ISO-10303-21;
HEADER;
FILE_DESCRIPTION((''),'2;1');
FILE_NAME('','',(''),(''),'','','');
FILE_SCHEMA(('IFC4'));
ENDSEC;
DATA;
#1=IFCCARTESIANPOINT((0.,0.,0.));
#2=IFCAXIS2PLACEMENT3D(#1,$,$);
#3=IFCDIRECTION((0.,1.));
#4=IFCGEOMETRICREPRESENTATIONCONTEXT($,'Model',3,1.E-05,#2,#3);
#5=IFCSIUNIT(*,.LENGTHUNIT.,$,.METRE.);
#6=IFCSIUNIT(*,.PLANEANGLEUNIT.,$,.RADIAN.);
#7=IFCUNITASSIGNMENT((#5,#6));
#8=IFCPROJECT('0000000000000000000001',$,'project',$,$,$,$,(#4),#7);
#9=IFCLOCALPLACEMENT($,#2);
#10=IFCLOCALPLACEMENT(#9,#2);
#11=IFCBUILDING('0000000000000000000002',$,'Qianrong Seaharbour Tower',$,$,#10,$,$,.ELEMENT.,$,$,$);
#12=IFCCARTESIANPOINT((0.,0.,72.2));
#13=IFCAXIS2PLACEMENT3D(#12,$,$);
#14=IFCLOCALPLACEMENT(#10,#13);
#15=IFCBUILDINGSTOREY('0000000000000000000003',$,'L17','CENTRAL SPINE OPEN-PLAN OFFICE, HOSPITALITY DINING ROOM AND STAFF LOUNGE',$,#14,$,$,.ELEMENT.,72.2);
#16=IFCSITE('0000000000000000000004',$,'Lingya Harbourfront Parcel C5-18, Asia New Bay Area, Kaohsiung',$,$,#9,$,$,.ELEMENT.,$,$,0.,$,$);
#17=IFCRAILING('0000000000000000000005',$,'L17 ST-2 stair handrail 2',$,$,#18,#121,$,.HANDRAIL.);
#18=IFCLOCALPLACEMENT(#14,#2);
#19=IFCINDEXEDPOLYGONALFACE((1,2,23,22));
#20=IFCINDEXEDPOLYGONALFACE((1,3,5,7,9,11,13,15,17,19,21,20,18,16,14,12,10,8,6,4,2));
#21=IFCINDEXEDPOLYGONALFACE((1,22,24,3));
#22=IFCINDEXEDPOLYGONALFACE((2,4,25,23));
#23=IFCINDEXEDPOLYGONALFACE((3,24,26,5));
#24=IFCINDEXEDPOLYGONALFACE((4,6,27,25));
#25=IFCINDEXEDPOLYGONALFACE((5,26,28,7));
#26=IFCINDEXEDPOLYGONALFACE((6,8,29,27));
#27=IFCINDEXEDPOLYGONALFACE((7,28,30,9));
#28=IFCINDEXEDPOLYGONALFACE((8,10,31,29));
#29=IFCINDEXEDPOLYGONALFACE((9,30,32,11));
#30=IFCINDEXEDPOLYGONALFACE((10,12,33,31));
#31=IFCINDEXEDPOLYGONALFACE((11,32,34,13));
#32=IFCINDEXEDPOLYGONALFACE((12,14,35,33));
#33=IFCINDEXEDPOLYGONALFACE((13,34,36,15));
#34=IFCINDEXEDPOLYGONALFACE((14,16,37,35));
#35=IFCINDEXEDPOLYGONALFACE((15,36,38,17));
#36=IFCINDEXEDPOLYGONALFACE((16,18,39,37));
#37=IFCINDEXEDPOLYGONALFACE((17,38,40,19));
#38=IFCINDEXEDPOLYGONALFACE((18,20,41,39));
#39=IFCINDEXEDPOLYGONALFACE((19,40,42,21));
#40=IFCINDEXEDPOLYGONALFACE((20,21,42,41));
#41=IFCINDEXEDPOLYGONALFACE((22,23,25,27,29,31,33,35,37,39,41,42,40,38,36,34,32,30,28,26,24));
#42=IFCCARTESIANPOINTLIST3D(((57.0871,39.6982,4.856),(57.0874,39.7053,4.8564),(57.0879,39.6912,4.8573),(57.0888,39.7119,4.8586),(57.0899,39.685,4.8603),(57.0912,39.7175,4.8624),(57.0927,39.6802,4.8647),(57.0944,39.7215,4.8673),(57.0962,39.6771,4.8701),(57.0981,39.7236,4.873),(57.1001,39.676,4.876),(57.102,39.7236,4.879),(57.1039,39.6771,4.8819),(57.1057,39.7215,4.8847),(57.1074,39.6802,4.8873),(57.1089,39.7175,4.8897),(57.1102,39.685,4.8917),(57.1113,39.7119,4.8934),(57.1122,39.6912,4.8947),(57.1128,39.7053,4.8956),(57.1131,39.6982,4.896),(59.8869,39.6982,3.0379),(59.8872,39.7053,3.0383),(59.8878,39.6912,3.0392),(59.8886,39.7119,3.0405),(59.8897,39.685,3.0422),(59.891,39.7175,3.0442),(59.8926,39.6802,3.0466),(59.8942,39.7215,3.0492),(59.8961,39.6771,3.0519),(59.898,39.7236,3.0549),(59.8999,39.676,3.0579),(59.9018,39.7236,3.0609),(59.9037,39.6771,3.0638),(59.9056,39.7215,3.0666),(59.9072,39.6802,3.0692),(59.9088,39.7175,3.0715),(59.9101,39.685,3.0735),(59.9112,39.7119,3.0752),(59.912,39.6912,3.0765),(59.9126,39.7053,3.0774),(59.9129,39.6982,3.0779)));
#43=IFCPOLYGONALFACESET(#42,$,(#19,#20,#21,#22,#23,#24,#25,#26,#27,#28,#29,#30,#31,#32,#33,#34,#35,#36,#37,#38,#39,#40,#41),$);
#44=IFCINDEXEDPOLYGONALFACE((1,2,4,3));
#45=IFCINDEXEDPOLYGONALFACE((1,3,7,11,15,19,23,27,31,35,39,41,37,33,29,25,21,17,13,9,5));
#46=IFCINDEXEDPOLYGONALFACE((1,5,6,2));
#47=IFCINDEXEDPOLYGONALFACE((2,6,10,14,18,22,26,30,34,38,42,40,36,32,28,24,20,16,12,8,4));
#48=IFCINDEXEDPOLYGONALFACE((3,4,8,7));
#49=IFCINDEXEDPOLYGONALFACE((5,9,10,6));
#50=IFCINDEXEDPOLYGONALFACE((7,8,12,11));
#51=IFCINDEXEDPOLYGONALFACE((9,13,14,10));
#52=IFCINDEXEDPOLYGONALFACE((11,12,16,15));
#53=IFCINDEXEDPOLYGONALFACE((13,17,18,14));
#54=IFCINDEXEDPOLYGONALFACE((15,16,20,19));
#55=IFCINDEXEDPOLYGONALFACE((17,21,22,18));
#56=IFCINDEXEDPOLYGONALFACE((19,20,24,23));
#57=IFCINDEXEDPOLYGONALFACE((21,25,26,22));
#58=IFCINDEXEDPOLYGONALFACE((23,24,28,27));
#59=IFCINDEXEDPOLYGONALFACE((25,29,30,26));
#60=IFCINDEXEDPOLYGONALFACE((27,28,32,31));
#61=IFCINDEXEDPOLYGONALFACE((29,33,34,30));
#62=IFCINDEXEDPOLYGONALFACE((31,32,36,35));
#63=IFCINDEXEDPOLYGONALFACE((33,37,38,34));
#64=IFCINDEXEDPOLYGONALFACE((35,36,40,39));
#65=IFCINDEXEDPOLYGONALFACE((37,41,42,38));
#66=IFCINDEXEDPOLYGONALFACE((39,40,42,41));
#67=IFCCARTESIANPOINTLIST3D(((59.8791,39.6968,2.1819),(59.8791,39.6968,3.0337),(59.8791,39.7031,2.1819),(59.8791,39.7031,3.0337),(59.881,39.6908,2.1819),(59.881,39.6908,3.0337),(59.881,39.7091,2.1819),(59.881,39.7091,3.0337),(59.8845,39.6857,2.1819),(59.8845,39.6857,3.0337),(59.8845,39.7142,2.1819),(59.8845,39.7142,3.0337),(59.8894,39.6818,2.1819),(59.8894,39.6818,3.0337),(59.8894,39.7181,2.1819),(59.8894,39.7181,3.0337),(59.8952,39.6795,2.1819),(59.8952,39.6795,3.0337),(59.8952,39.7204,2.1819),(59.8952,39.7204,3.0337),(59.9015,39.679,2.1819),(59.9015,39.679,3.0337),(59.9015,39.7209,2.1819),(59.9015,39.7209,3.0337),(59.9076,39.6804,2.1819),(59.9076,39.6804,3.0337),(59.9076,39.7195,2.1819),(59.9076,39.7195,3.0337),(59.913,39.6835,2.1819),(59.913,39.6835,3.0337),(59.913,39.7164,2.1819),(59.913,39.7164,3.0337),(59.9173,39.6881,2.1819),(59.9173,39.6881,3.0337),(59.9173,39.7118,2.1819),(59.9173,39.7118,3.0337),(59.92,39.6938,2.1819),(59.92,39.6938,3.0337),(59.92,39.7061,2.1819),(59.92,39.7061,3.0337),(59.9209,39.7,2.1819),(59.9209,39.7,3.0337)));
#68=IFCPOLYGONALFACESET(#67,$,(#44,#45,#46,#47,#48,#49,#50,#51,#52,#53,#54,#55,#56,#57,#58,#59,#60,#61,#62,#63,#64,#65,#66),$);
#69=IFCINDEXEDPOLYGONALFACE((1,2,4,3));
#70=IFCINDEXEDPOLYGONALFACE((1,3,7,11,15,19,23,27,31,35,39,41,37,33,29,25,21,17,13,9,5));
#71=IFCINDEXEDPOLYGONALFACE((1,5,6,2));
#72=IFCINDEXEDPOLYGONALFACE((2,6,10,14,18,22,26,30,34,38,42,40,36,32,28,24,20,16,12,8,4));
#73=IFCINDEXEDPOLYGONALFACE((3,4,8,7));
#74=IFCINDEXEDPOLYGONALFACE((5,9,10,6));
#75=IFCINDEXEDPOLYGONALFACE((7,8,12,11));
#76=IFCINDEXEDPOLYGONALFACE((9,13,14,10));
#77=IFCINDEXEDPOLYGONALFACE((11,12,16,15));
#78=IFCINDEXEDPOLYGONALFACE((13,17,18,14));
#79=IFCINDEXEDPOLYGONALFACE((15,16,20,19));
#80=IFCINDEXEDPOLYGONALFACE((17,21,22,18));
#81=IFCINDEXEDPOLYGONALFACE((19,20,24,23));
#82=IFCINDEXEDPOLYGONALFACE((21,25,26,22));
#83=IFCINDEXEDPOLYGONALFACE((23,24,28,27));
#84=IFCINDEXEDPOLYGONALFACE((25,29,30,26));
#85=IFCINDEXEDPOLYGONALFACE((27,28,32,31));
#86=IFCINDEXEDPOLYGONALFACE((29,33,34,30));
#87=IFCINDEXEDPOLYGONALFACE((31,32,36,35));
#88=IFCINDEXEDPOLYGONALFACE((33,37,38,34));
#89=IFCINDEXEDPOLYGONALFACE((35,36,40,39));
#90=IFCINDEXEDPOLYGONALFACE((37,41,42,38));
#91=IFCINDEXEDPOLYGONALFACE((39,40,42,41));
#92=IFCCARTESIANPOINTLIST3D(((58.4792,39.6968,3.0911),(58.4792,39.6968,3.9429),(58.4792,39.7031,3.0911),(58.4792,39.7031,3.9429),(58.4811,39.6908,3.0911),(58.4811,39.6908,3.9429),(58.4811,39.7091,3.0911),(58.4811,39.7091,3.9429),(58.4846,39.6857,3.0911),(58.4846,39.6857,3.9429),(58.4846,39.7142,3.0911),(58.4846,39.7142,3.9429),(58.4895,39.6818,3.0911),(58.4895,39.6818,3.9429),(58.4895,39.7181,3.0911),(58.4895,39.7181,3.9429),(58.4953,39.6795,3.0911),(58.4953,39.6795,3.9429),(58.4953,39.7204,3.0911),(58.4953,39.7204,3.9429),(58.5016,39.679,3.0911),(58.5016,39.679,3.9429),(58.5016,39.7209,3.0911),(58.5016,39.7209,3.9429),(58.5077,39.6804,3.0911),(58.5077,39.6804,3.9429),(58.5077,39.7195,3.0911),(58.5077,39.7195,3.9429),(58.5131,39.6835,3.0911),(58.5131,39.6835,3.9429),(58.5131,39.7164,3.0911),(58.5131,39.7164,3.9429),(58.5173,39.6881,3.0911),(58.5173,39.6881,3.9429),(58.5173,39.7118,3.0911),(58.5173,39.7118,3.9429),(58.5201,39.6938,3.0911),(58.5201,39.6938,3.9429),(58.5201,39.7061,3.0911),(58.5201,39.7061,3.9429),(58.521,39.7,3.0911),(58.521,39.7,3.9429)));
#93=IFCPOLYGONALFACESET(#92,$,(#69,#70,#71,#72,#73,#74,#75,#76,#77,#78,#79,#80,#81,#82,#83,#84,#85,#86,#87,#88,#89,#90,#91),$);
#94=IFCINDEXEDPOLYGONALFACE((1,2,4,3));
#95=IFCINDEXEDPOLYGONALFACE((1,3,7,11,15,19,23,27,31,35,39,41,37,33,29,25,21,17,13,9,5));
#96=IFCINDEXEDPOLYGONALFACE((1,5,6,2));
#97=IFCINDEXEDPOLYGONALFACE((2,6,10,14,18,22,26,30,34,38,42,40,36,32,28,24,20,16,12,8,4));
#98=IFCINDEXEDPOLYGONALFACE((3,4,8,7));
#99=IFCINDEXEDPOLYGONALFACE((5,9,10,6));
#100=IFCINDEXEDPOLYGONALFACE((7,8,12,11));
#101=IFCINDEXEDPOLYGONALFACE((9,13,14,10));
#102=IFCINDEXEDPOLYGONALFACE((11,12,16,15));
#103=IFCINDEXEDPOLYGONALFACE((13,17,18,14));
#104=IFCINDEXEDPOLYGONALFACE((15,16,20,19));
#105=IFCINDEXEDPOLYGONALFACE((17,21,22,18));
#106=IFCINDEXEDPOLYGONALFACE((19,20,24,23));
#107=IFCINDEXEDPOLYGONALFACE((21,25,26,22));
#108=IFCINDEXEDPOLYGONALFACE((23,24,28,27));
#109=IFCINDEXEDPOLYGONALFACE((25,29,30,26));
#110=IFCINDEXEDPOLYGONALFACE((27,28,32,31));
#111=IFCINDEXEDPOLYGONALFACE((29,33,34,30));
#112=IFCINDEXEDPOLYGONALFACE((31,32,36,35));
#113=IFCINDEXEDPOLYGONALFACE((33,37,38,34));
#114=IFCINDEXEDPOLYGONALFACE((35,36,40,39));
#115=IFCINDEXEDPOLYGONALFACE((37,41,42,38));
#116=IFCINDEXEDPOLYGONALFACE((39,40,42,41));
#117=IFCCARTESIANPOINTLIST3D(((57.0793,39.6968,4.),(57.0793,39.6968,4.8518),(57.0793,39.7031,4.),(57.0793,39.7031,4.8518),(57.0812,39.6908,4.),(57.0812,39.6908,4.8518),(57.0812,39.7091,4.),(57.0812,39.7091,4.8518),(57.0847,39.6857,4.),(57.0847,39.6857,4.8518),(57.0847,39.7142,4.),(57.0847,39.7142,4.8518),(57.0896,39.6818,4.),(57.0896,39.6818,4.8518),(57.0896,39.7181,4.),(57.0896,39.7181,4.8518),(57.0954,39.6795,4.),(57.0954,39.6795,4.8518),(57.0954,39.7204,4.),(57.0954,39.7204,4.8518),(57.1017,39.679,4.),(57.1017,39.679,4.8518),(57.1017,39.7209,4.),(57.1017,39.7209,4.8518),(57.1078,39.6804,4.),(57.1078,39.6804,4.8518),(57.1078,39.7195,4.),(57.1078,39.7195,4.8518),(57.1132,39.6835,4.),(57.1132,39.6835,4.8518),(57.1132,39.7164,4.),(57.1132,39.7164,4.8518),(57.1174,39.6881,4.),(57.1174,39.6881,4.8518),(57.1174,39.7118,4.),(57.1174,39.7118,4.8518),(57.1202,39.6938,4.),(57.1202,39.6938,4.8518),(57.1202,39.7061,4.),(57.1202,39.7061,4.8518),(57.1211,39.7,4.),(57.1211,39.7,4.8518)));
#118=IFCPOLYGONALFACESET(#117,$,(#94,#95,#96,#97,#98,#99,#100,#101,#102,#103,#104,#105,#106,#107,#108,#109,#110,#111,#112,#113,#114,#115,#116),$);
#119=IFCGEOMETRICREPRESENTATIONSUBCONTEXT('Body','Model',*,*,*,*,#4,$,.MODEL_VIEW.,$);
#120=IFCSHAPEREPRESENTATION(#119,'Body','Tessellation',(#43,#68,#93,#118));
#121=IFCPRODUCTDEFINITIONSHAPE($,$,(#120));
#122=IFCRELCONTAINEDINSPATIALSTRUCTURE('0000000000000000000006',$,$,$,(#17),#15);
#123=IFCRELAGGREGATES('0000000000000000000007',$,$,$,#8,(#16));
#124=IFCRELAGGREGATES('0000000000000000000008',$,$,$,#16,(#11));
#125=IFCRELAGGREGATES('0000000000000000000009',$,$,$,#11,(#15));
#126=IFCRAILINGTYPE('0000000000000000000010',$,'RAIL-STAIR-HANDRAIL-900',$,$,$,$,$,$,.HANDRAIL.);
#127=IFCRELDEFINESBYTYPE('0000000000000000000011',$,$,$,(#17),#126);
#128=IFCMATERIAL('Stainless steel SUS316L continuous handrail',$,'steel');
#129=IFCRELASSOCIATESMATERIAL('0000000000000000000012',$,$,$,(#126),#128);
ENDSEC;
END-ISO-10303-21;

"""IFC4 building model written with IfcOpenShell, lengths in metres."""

from ifc_helpers import new_model, si_unit, direction, frame, origin, origin_2d, place, context, subcontext, project, spatial, circle, extrude, material, type_object, element, save


model = new_model("IFC4")

# Units and contexts
model_context = context("Model", 3, precision=1e-05, world=origin(), true_north=direction((0.0, 1.0)))
body_context = subcontext(model_context, "Body", "Model", "MODEL_VIEW")
ifc_project = project(units=[si_unit("LENGTHUNIT", "METRE"), si_unit("PLANEANGLEUNIT", "RADIAN")], contexts=[model_context])

# Site, building, storey
site_placement = place(None, origin())
site = spatial("IfcSite", under=ifc_project, at=site_placement, Name="Lingya Harbourfront Parcel C5-18, Asia New Bay Area, Kaohsiung", CompositionType="ELEMENT", RefElevation=0.0)
building_placement = place(site_placement, origin())
building = spatial("IfcBuilding", under=site, at=building_placement, Name="Qianrong Seaharbour Tower", CompositionType="ELEMENT")
storey_placement = place(building_placement, frame((0.0, 0.0, 72.2)))
storey = spatial("IfcBuildingStorey", under=building, at=storey_placement, Name="L17", Description="CENTRAL SPINE OPEN-PLAN OFFICE, HOSPITALITY DINING ROOM AND STAFF LOUNGE", CompositionType="ELEMENT", Elevation=72.2)

# Railing
ifc_material_1 = material(Name="Stainless steel SUS316L continuous handrail", Category="steel")
railing_type_1 = type_object("IfcRailingType", Name="RAIL-STAIR-HANDRAIL-900", PredefinedType="HANDRAIL", material=ifc_material_1)
railing_1_placement = place(storey_placement, frame((59.8999, 39.7, 2.1819)))
element("IfcRailing", 1, at=railing_1_placement, inside=storey, type_object=railing_type_1, Name="L17 ST-2 stair handrail 2", PredefinedType="HANDRAIL", context=body_context, shape_type="SweptSolid", body=[
    extrude(circle(Radius=0.0239, at=origin_2d()), frame((0.0, 0.0, 0.876), z_axis=(-0.838684, 0.0, 0.544618), x_axis=(0.0, -1.0, 0.0)), (0.0, 0.0, 1.0), 3.3384),
    extrude(circle(Radius=0.021, at=origin_2d()), origin(), (0.0, 0.0, 1.0), 0.8518),
    extrude(circle(Radius=0.021, at=origin_2d()), frame((-1.3999, 0.0, 0.9092)), (0.0, 0.0, 1.0), 0.8518),
    extrude(circle(Radius=0.021, at=origin_2d()), frame((-2.7998, 0.0, 1.8181)), (0.0, 0.0, 1.0), 0.8518),
])

save(model, "model.ifc")
